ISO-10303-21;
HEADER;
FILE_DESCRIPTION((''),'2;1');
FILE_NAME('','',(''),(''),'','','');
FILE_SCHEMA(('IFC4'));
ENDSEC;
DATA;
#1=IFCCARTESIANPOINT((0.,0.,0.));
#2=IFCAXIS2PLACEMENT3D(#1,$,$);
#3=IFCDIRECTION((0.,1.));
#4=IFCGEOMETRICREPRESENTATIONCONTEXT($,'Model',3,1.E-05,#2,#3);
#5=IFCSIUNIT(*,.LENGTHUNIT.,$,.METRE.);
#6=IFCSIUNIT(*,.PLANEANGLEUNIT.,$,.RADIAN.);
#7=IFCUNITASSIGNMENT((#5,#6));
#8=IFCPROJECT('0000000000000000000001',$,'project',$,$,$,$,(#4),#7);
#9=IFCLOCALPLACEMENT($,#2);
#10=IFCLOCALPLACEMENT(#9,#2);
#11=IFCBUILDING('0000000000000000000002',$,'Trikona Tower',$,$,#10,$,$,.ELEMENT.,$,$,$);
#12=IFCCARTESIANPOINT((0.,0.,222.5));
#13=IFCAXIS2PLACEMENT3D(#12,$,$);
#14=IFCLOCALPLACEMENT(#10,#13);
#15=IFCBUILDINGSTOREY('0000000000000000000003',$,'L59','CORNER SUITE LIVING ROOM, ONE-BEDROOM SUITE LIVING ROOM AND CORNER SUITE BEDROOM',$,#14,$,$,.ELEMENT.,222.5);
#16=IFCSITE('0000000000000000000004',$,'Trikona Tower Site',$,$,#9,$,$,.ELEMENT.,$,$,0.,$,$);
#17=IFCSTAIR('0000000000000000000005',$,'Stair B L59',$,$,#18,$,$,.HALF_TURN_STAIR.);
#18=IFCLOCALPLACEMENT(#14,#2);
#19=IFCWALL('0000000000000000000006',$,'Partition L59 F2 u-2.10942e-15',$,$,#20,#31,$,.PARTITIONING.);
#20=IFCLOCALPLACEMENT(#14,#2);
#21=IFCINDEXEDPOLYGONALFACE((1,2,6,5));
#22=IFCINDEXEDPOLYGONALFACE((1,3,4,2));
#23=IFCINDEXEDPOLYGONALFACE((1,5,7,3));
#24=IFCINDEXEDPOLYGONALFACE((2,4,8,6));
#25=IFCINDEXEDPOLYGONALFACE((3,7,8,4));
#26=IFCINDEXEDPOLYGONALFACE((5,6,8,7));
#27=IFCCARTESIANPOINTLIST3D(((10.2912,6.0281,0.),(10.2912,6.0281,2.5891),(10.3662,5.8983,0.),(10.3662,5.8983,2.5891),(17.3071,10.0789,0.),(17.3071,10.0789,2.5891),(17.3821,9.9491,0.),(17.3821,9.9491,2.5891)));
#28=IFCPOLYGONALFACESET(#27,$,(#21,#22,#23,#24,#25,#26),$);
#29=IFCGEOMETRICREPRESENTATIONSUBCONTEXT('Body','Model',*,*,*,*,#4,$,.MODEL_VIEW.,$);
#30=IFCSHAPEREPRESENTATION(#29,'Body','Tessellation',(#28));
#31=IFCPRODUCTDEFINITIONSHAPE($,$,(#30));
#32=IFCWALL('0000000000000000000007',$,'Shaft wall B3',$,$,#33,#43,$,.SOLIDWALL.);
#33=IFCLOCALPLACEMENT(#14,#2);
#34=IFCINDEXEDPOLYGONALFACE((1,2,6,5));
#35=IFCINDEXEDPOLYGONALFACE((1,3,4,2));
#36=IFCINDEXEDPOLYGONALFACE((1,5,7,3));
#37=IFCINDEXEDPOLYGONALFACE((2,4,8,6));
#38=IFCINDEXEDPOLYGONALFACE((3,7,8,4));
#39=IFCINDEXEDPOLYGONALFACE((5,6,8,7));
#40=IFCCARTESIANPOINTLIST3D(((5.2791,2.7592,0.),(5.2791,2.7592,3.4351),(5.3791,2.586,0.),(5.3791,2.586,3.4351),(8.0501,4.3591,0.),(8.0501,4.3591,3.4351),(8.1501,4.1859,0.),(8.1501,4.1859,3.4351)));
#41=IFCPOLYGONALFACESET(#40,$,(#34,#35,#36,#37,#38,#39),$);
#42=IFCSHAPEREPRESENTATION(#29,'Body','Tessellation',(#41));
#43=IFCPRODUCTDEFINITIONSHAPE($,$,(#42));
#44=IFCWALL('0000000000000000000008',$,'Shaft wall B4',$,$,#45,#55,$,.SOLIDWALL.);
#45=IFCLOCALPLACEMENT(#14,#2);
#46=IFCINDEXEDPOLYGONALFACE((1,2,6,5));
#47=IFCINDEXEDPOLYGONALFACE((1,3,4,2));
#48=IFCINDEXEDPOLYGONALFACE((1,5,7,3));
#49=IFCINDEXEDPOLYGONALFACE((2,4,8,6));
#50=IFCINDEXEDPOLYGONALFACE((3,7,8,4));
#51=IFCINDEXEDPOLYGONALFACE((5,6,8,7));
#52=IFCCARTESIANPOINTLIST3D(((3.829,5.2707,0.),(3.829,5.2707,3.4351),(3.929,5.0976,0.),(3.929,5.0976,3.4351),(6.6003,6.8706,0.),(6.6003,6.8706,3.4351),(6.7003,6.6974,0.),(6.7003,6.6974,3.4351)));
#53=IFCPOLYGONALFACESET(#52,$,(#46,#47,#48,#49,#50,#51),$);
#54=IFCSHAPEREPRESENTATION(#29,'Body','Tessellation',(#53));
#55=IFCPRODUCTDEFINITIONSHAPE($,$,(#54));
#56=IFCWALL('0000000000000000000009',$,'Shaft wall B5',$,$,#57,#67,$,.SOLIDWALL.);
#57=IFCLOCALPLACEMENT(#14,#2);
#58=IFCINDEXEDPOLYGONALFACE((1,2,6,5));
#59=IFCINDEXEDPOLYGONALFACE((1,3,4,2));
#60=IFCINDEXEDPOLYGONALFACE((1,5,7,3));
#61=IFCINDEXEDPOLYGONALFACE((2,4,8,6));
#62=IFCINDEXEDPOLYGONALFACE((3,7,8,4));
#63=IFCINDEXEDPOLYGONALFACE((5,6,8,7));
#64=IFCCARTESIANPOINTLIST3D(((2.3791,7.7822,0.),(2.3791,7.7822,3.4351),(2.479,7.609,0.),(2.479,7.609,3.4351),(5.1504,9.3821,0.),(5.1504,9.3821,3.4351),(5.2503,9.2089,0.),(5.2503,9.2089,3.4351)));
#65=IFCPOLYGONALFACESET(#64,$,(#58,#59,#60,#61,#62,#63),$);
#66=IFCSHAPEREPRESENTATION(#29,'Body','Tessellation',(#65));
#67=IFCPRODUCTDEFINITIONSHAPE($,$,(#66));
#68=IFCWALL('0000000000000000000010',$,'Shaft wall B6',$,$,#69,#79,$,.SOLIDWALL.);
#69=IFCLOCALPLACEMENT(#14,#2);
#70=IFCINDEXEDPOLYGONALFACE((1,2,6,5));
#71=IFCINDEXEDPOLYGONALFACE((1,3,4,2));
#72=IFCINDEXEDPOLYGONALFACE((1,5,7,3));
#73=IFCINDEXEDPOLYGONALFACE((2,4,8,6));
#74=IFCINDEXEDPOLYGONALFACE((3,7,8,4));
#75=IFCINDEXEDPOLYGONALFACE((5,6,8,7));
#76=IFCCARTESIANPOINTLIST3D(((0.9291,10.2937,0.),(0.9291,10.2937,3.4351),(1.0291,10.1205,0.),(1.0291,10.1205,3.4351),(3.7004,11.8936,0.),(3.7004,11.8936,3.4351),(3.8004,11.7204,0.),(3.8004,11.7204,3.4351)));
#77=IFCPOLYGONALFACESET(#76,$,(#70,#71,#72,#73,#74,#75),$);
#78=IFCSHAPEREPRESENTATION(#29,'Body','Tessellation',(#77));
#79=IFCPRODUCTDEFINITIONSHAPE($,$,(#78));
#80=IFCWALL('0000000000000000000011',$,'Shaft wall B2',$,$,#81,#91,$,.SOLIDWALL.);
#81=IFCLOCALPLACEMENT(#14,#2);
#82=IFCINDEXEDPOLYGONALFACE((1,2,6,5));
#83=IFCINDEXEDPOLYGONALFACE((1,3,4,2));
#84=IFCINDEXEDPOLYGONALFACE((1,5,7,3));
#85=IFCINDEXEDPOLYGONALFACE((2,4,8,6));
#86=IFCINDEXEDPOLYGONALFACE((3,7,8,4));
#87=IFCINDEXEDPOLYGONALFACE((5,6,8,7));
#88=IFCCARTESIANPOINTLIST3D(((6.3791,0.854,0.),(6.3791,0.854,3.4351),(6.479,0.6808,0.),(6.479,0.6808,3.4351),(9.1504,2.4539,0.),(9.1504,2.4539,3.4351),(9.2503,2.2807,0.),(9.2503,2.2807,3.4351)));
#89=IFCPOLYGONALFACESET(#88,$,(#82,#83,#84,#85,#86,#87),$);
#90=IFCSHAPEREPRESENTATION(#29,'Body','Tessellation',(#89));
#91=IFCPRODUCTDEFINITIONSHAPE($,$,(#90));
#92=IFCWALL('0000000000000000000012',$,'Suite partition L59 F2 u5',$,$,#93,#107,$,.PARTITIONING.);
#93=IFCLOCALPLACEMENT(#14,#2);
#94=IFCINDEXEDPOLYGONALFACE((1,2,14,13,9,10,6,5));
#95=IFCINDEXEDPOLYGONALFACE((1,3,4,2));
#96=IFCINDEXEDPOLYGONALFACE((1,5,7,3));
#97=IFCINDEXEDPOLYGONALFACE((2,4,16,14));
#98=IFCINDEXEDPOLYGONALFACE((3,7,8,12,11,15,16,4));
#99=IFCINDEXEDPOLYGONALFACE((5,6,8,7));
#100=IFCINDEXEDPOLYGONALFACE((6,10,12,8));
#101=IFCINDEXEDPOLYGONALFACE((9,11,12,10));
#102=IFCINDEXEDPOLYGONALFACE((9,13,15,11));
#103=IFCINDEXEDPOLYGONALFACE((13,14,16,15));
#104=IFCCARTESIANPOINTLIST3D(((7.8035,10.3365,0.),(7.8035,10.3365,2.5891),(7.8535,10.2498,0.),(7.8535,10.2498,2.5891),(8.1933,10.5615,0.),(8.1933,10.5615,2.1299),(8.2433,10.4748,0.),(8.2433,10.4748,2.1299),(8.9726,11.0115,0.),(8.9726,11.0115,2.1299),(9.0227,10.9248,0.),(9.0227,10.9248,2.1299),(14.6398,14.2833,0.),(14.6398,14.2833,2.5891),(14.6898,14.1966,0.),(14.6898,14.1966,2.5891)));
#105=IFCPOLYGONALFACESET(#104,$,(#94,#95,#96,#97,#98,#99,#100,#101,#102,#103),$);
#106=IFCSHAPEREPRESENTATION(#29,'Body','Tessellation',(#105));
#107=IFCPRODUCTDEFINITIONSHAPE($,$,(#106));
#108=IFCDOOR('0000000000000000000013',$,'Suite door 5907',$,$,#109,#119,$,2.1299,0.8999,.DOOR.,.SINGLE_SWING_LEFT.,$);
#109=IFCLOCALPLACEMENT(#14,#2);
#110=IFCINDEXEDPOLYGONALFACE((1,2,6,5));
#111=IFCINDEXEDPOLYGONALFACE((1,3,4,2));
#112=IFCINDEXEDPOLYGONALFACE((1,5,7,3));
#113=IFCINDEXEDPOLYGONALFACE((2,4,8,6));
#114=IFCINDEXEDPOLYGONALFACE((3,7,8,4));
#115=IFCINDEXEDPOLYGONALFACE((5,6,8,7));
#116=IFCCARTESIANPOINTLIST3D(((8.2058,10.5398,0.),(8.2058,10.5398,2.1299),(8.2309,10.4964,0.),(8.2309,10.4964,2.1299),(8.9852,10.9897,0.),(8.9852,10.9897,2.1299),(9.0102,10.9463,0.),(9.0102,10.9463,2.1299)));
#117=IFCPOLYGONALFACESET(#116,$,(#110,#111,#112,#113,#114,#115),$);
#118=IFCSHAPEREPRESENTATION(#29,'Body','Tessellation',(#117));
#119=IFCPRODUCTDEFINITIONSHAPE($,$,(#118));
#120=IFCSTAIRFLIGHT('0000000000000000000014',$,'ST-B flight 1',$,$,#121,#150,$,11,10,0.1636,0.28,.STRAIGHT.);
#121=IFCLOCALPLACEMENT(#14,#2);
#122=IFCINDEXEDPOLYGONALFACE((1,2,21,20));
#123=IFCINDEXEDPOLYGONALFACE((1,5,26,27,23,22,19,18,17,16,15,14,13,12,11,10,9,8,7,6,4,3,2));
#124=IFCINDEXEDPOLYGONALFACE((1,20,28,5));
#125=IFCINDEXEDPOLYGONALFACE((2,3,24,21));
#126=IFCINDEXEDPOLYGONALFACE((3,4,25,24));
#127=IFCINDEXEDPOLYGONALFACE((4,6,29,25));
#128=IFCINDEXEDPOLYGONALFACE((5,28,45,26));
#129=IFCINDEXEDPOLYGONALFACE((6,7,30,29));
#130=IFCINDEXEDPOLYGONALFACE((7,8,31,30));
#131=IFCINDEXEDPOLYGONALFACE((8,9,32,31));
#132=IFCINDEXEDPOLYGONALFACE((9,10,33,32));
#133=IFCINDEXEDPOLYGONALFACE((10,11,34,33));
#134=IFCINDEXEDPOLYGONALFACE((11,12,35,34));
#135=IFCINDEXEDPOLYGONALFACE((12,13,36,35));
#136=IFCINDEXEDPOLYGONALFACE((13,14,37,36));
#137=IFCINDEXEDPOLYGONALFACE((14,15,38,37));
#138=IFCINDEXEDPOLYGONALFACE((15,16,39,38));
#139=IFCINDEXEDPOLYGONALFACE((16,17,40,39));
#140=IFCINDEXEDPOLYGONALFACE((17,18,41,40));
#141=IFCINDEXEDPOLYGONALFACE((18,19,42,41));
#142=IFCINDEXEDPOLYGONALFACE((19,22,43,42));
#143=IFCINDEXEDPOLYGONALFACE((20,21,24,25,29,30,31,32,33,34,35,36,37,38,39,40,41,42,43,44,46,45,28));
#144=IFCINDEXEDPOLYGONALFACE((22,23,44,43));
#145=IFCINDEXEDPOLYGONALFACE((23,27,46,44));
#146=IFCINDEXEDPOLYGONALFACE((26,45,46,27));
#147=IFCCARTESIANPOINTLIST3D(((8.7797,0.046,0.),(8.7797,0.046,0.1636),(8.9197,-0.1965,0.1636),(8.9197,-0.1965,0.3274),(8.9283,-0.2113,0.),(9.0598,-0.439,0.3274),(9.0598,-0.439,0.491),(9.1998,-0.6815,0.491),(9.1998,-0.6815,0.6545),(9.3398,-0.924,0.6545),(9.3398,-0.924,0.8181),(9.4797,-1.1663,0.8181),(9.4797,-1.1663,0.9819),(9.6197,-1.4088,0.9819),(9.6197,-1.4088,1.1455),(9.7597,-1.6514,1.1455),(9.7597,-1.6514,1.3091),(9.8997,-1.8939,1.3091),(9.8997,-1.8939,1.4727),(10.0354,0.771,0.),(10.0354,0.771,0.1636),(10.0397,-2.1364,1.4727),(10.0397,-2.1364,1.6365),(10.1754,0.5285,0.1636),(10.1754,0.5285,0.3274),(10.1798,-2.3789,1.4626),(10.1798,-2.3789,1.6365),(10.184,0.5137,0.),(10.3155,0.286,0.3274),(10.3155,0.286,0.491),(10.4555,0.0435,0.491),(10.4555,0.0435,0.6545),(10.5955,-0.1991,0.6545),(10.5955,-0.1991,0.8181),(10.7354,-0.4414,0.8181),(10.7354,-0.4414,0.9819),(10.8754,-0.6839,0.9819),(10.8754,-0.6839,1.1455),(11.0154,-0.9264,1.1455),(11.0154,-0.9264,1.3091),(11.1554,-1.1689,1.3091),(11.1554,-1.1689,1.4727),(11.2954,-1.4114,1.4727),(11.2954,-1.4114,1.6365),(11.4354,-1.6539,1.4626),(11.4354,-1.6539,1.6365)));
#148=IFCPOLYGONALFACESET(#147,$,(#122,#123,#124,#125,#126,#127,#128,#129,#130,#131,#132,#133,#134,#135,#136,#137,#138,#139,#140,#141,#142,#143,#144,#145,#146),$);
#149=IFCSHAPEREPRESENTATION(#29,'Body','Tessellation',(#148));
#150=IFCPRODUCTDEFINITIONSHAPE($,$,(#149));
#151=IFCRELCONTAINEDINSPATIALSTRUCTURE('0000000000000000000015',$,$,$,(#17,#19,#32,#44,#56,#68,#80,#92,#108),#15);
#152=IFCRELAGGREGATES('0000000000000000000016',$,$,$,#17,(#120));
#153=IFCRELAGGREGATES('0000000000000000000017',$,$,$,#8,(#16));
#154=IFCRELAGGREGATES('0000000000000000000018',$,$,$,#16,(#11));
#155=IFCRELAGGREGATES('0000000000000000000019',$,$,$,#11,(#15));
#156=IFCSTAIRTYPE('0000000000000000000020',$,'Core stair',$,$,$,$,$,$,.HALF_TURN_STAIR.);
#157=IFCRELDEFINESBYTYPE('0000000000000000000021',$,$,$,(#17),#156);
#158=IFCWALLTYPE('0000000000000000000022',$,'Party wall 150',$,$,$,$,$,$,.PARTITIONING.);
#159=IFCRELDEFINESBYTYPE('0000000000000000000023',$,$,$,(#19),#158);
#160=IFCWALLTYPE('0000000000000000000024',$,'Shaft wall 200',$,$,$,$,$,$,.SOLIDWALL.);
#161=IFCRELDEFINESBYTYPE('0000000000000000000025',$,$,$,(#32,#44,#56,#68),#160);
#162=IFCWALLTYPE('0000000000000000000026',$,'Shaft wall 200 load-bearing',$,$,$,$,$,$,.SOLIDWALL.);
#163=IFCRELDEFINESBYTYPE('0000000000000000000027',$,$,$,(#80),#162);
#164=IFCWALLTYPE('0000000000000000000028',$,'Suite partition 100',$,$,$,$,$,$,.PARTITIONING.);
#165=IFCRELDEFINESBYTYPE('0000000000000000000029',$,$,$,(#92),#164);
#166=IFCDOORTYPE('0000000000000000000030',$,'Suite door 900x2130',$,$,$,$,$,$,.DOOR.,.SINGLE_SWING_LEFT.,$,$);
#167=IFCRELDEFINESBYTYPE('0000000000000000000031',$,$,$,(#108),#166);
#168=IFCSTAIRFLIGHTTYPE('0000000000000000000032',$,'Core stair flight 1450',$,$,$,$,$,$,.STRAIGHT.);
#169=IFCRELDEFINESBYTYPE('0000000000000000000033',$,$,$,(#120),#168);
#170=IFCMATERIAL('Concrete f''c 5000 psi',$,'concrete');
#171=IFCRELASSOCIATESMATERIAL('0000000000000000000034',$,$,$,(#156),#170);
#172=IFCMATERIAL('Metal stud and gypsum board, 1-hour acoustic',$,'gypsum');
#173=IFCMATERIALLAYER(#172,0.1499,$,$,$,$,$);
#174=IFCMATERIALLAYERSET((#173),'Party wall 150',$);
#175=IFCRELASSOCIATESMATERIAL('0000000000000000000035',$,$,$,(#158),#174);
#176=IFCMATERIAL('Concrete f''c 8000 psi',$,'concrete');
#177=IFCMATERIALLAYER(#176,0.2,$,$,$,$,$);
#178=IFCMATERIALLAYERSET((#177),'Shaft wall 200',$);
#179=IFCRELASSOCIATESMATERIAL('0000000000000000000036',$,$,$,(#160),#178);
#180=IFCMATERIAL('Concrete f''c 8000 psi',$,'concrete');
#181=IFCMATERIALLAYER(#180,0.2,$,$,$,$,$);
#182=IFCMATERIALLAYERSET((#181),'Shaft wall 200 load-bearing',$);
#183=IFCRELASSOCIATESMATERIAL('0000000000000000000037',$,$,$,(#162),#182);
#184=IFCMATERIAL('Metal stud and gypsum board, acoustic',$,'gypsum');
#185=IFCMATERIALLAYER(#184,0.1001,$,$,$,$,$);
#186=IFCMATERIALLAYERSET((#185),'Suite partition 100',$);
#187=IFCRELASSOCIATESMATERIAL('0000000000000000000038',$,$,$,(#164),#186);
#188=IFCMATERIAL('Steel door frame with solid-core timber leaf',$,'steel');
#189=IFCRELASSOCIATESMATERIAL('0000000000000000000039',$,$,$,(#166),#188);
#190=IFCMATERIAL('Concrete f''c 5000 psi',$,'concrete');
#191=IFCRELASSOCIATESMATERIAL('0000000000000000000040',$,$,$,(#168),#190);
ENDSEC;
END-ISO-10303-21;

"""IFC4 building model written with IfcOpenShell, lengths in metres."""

from ifc_helpers import new_model, si_unit, direction, frame, frame_2d, origin, place, context, subcontext, project, spatial, polyline, rectangle, outline, extrude, material, layer, layer_set, type_object, element, fill, aggregate, save


model = new_model("IFC4")

# Units and contexts
model_context = context("Model", 3, precision=1e-05, world=origin(), true_north=direction((0.0, 1.0)))
body_context = subcontext(model_context, "Body", "Model", "MODEL_VIEW")
ifc_project = project(units=[si_unit("LENGTHUNIT", "METRE"), si_unit("PLANEANGLEUNIT", "RADIAN")], contexts=[model_context])

# Site, building, storey
site_placement = place(None, origin())
site = spatial("IfcSite", under=ifc_project, at=site_placement, Name="Trikona Tower Site", CompositionType="ELEMENT", RefElevation=0.0)
building_placement = place(site_placement, origin())
building = spatial("IfcBuilding", under=site, at=building_placement, Name="Trikona Tower", CompositionType="ELEMENT")
storey_placement = place(building_placement, frame((0.0, 0.0, 222.5)))
storey = spatial("IfcBuildingStorey", under=building, at=storey_placement, Name="L59", Description="CORNER SUITE LIVING ROOM, ONE-BEDROOM SUITE LIVING ROOM AND CORNER SUITE BEDROOM", CompositionType="ELEMENT", Elevation=222.5)

# Stair
ifc_material_1 = material(Name="Concrete f'c 5000 psi", Category="concrete")
stair_type = type_object("IfcStairType", Name="Core stair", PredefinedType="HALF_TURN_STAIR", material=ifc_material_1)
stair_1_placement = place(storey_placement, origin())
stair_1 = element("IfcStair", 1, at=stair_1_placement, inside=storey, type_object=stair_type, Name="Stair B L59", PredefinedType="HALF_TURN_STAIR")

# Walls
ifc_material_2 = material(Name="Metal stud and gypsum board, 1-hour acoustic", Category="gypsum")
ifc_layer_1 = layer(ifc_material_2, 0.1499)
ifc_layer_set_1 = layer_set([ifc_layer_1], Name="Party wall 150")
wall_type_1 = type_object("IfcWallType", Name="Party wall 150", PredefinedType="PARTITIONING", material=ifc_layer_set_1)
wall_1_placement = place(storey_placement, frame((10.3286, 5.9631, 0.0), z_axis=(0.0, 0.0, 1.0), x_axis=(0.866016, 0.500015, 0.0)))
element("IfcWall", 2, at=wall_1_placement, inside=storey, type_object=wall_type_1, Name="Partition L59 F2 u-2.10942e-15", PredefinedType="PARTITIONING", context=body_context, shape_type="SweptSolid", body=[
    extrude(rectangle(XDim=8.1013, YDim=0.1499, at=frame_2d((4.0508, 0.0))), origin(), (0.0, 0.0, 1.0), 2.5891),
])
ifc_material_3 = material(Name="Concrete f'c 8000 psi", Category="concrete")
ifc_layer_2 = layer(ifc_material_3, 0.2)
ifc_layer_set_2 = layer_set([ifc_layer_2], Name="Shaft wall 200")
wall_type_2 = type_object("IfcWallType", Name="Shaft wall 200", PredefinedType="SOLIDWALL", material=ifc_layer_set_2)
wall_2_placement = place(storey_placement, frame((5.3291, 2.6726, 0.0), z_axis=(0.0, 0.0, 1.0), x_axis=(0.866023, 0.500004, 0.0)))
element("IfcWall", 3, at=wall_2_placement, inside=storey, type_object=wall_type_2, Name="Shaft wall B3", PredefinedType="SOLIDWALL", context=body_context, shape_type="SweptSolid", body=[
    extrude(rectangle(XDim=3.1997, YDim=0.2, at=frame_2d((1.5999, 0.0))), origin(), (0.0, 0.0, 1.0), 3.4351),
])
for number, where, z_axis, x_axis, name in (
    (4, (3.8789, 5.1841, 0.0), (0.0, 0.0, 1.0), (0.866042, 0.499971, 0.0), "Shaft wall B4"),
    (5, (2.429, 7.6956, 0.0), (0.0, 0.0, 1.0), (0.866042, 0.499971, 0.0), "Shaft wall B5"),
    (6, (0.979, 10.207, 0.0), (0.0, 0.0, 1.0), (0.866042, 0.499971, 0.0), "Shaft wall B6"),
):
    element("IfcWall", number, at=place(storey_placement, frame(where, z_axis=z_axis, x_axis=x_axis)), inside=storey, type_object=wall_type_2, Name=name, PredefinedType="SOLIDWALL", context=body_context, shape_type="SweptSolid", body=[
        extrude(rectangle(XDim=3.2, YDim=0.2, at=frame_2d((1.6001, 0.0))), origin(), (0.0, 0.0, 1.0), 3.4351),
    ])
ifc_material_4 = material(Name="Concrete f'c 8000 psi", Category="concrete")
ifc_layer_3 = layer(ifc_material_4, 0.2)
ifc_layer_set_3 = layer_set([ifc_layer_3], Name="Shaft wall 200 load-bearing")
wall_type_3 = type_object("IfcWallType", Name="Shaft wall 200 load-bearing", PredefinedType="SOLIDWALL", material=ifc_layer_set_3)
wall_3_placement = place(storey_placement, frame((6.429, 0.7673, 0.0), z_axis=(0.0, 0.0, 1.0), x_axis=(0.866042, 0.499971, 0.0)))
element("IfcWall", 7, at=wall_3_placement, inside=storey, type_object=wall_type_3, Name="Shaft wall B2", PredefinedType="SOLIDWALL", context=body_context, shape_type="SweptSolid", body=[
    extrude(rectangle(XDim=3.2, YDim=0.2, at=frame_2d((1.6001, 0.0))), origin(), (0.0, 0.0, 1.0), 3.4351),
])

# Wall, opening, door
ifc_material_5 = material(Name="Metal stud and gypsum board, acoustic", Category="gypsum")
ifc_layer_4 = layer(ifc_material_5, 0.1001)
ifc_layer_set_4 = layer_set([ifc_layer_4], Name="Suite partition 100")
wall_type_4 = type_object("IfcWallType", Name="Suite partition 100", PredefinedType="PARTITIONING", material=ifc_layer_set_4)
wall_4_placement = place(storey_placement, frame((7.8286, 10.2932, 0.0), z_axis=(0.0, 0.0, 1.0), x_axis=(0.866031, 0.499991, 0.0)))
wall_4 = element("IfcWall", 8, at=wall_4_placement, inside=storey, type_object=wall_type_4, Name="Suite partition L59 F2 u5", PredefinedType="PARTITIONING", context=body_context, shape_type="SweptSolid", body=[
    extrude(rectangle(XDim=7.8938, YDim=0.1001, at=frame_2d((3.9468, 0.0))), origin(), (0.0, 0.0, 1.0), 2.5891),
])
opening_1_placement = place(wall_4_placement, frame((0.45, 0.0, 0.0)))
opening_1 = element("IfcOpeningElement", 9, at=opening_1_placement, cuts=wall_4, PredefinedType="OPENING", context=body_context, shape_type="SweptSolid", body=[
    extrude(rectangle(XDim=0.8999, YDim=2.1299, at=frame_2d((0.45, 1.0649))), frame((0.0, 0.0601, 0.0), z_axis=(0.0, -1.0, 0.0), x_axis=(1.0, 0.0, 0.0)), (0.0, 0.0, 1.0), 0.1201),
])
ifc_material_6 = material(Name="Steel door frame with solid-core timber leaf", Category="steel")
door_type_1 = type_object("IfcDoorType", Name="Suite door 900x2130", OperationType="SINGLE_SWING_LEFT", PredefinedType="DOOR", material=ifc_material_6)
door_1_placement = place(opening_1_placement, origin())
door_1 = element("IfcDoor", 10, at=door_1_placement, inside=storey, type_object=door_type_1, Name="Suite door 5907", OperationType="SINGLE_SWING_LEFT", OverallHeight=2.1299, OverallWidth=0.8999, PredefinedType="DOOR", context=body_context, shape_type="SweptSolid", body=[
    extrude(rectangle(XDim=0.8999, YDim=2.1299, at=frame_2d((0.45, 1.0649))), frame((0.0, 0.0249, 0.0), z_axis=(0.0, -1.0, 0.0), x_axis=(1.0, 0.0, 0.0)), (0.0, 0.0, 1.0), 0.05),
])
fill(opening_1, door_1)

# Stair flight
ifc_material_7 = material(Name="Concrete f'c 5000 psi", Category="concrete")
stair_flight_type = type_object("IfcStairFlightType", Name="Core stair flight 1450", PredefinedType="STRAIGHT", material=ifc_material_7)
stair_flight_placement = place(storey_placement, frame((9.4075, 0.4084, 0.0), z_axis=(0.0, 0.0, 1.0), x_axis=(0.5, -0.866025, 0.0)))
stair_flight = element("IfcStairFlight", 11, at=stair_flight_placement, type_object=stair_flight_type, Name="ST-B flight 1", NumberOfRisers=11, NumberOfTreads=10, PredefinedType="STRAIGHT", RiserHeight=0.1636, TreadLength=0.28, context=body_context, shape_type="SweptSolid", body=[
    extrude(outline(polyline([(0.0, 0.0), (0.0, 0.1636), (0.28, 0.1636), (0.28, 0.3274), (0.5601, 0.3274), (0.5601, 0.491), (0.8401, 0.491), (0.8401, 0.6545), (1.1201, 0.6545), (1.1201, 0.8181), (1.3999, 0.8181), (1.3999, 0.9819), (1.6799, 0.9819), (1.6799, 1.1455), (1.96, 1.1455), (1.96, 1.3091), (2.24, 1.3091), (2.24, 1.4727), (2.52, 1.4727), (2.52, 1.6365), (2.8, 1.6365), (2.8, 1.8), (2.8, 1.4626), (0.2971, 0.0), (0.0, 0.0)])), frame((0.0, 0.7251, 0.0), z_axis=(0.0, -1.0, 0.0), x_axis=(1.0, 0.0, 0.0)), (0.0, 0.0, 1.0), 1.45),
])
aggregate(stair_1, [stair_flight])

save(model, "model.ifc")
